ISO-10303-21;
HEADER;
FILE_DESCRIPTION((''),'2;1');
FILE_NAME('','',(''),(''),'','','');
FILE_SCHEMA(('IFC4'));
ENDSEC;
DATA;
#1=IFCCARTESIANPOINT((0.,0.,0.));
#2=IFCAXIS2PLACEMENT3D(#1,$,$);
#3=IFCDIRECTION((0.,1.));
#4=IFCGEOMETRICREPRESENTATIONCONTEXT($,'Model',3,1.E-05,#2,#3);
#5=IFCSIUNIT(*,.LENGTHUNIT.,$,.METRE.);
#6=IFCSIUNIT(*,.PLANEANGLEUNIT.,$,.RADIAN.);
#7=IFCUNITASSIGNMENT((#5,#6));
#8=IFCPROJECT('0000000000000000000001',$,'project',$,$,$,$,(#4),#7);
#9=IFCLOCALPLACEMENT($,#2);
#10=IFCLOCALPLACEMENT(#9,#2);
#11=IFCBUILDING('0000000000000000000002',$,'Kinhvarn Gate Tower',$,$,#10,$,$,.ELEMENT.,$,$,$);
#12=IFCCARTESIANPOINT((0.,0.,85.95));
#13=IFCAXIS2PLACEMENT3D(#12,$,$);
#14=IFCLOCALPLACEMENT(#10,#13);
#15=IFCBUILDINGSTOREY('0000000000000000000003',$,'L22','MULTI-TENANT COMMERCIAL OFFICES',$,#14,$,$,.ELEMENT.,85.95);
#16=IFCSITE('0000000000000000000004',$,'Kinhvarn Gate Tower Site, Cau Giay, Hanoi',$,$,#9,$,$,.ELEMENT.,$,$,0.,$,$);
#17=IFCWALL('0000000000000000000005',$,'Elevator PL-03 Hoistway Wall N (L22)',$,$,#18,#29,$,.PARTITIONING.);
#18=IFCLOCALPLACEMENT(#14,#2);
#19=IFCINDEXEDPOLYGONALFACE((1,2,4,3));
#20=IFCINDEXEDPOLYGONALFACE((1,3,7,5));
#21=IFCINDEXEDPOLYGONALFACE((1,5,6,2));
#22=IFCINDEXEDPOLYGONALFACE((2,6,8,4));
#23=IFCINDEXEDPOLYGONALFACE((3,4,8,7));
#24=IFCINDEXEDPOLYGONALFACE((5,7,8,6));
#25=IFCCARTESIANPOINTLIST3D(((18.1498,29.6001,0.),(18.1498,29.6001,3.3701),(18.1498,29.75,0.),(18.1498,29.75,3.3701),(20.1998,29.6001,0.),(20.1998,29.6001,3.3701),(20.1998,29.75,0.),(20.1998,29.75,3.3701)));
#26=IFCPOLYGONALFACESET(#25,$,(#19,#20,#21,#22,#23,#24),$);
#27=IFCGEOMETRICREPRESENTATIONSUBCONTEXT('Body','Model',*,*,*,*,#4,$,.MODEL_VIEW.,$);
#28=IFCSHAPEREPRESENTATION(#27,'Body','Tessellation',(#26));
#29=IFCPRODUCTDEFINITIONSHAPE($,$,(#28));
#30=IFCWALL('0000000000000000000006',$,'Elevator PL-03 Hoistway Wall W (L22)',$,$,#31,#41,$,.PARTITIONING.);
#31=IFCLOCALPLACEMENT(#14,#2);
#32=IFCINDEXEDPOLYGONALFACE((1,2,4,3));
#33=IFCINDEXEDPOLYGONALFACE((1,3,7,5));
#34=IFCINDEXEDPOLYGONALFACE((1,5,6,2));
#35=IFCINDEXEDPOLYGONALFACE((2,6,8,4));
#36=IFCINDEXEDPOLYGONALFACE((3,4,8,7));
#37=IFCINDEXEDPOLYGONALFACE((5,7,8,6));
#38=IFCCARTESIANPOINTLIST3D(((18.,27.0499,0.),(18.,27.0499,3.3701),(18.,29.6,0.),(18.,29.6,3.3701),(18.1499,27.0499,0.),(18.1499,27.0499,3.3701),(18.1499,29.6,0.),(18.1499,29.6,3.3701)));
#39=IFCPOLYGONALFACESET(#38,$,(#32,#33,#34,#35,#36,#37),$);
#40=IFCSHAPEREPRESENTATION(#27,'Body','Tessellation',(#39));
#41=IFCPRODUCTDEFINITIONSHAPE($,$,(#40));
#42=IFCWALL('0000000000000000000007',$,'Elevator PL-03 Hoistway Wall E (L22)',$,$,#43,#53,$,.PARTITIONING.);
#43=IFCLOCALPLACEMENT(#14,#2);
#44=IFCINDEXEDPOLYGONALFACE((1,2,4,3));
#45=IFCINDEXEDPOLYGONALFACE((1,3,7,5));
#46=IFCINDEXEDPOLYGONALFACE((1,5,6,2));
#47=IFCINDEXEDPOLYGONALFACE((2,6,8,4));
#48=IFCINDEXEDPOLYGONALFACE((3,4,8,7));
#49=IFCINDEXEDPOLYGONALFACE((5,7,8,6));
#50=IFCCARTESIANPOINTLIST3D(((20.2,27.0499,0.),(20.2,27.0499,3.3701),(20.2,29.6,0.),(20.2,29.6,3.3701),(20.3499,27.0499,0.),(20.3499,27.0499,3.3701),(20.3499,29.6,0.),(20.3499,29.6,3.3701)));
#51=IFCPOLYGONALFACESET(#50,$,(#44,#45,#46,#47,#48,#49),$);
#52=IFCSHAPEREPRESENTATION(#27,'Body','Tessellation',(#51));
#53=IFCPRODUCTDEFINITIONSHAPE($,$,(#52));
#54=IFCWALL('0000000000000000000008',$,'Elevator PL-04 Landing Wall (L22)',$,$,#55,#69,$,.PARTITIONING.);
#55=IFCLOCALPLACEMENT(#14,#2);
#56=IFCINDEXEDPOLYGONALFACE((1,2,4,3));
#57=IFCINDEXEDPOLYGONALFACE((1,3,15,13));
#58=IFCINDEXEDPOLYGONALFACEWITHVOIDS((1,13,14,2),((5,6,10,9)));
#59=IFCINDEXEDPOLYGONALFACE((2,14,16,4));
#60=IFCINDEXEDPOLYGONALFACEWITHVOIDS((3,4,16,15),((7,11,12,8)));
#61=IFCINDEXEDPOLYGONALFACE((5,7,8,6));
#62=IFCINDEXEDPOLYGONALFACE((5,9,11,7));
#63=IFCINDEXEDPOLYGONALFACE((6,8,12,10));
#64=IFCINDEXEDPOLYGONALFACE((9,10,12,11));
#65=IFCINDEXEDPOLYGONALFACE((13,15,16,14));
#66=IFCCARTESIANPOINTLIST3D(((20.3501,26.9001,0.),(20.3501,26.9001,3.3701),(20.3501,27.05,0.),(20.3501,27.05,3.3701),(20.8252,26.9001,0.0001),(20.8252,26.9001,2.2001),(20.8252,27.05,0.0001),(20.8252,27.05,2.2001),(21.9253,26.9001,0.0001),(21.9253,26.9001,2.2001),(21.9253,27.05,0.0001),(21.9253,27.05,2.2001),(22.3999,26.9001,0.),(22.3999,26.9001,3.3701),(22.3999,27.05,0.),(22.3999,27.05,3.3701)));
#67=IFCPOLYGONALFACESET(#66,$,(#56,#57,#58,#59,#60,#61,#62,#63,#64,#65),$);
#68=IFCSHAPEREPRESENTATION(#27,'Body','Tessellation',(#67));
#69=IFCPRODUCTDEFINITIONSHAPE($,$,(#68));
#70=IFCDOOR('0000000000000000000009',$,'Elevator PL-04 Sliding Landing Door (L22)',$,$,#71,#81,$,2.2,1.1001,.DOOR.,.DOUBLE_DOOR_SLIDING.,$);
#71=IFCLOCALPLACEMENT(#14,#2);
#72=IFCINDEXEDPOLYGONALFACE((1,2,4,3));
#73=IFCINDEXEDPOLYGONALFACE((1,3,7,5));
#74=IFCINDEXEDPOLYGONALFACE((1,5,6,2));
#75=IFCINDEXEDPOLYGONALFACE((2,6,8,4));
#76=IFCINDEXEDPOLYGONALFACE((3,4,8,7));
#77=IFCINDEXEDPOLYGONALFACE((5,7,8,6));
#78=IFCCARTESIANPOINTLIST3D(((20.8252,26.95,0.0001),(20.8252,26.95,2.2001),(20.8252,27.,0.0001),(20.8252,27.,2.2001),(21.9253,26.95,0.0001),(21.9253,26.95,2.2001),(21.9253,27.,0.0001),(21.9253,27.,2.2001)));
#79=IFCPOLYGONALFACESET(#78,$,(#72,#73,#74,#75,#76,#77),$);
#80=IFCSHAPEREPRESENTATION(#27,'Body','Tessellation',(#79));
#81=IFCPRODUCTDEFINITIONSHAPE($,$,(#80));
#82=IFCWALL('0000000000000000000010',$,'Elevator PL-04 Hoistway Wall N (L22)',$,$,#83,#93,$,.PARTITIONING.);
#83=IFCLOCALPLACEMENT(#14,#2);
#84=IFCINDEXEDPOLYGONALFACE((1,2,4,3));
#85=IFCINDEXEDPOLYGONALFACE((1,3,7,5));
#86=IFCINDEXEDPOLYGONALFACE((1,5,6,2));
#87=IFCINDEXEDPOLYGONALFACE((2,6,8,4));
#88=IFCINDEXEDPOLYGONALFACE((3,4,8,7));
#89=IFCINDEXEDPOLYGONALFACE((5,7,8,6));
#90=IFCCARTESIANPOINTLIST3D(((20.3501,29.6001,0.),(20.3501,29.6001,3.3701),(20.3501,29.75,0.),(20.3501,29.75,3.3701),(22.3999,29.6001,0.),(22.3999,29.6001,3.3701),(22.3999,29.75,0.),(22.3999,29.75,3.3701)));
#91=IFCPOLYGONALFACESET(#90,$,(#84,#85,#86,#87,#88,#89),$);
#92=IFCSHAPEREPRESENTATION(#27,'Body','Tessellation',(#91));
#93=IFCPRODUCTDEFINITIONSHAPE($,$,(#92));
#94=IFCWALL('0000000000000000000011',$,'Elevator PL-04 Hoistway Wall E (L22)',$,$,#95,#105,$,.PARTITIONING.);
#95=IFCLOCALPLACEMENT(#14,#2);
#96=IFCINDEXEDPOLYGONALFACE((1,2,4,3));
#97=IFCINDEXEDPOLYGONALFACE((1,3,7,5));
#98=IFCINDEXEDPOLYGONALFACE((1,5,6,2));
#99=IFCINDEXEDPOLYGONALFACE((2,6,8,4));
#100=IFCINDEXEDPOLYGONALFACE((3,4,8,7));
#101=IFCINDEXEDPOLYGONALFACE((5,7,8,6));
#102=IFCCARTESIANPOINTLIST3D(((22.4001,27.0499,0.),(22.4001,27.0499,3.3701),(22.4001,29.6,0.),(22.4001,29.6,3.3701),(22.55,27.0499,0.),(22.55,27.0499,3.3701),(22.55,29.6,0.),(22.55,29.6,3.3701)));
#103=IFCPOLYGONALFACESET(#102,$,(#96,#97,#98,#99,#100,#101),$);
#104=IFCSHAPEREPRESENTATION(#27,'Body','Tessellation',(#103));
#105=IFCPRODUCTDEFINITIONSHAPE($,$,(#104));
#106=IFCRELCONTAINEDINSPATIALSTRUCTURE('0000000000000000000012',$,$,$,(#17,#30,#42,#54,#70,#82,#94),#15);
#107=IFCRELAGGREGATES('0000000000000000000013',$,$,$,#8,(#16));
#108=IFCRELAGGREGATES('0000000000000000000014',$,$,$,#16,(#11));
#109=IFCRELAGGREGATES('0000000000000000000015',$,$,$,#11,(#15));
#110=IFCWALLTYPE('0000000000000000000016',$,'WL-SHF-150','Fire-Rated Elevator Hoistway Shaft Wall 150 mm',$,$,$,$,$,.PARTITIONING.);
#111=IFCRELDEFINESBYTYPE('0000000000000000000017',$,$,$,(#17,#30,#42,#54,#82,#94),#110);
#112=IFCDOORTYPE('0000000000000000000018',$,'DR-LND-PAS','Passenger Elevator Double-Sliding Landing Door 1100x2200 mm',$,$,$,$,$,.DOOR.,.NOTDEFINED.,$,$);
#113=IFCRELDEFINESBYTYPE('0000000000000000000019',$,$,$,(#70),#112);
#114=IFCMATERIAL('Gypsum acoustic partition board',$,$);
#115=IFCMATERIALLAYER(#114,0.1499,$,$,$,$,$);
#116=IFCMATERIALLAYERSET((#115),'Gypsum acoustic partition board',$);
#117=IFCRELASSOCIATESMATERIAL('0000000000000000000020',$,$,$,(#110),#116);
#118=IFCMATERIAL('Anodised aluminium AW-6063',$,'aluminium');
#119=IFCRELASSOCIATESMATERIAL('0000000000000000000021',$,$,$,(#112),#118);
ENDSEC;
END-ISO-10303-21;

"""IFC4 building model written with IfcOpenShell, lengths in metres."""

from ifc_helpers import new_model, si_unit, direction, frame, frame_2d, origin, place, context, subcontext, project, spatial, rectangle, extrude, material, layer, layer_set, type_object, element, fill, save


model = new_model("IFC4")

# Units and contexts
model_context = context("Model", 3, precision=1e-05, world=origin(), true_north=direction((0.0, 1.0)))
body_context = subcontext(model_context, "Body", "Model", "MODEL_VIEW")
ifc_project = project(units=[si_unit("LENGTHUNIT", "METRE"), si_unit("PLANEANGLEUNIT", "RADIAN")], contexts=[model_context])

# Site, building, storey
site_placement = place(None, origin())
site = spatial("IfcSite", under=ifc_project, at=site_placement, Name="Kinhvarn Gate Tower Site, Cau Giay, Hanoi", CompositionType="ELEMENT", RefElevation=0.0)
building_placement = place(site_placement, origin())
building = spatial("IfcBuilding", under=site, at=building_placement, Name="Kinhvarn Gate Tower", CompositionType="ELEMENT")
storey_placement = place(building_placement, frame((0.0, 0.0, 85.95)))
storey = spatial("IfcBuildingStorey", under=building, at=storey_placement, Name="L22", Description="MULTI-TENANT COMMERCIAL OFFICES", CompositionType="ELEMENT", Elevation=85.95)

# Shared definitions
ifc_material_1 = material(Name="Gypsum acoustic partition board")
ifc_material_2 = material(Name="Anodised aluminium AW-6063", Category="aluminium")

# Shared definitions
ifc_layer_1 = layer(ifc_material_1, 0.1499)
ifc_layer_set_1 = layer_set([ifc_layer_1], Name="Gypsum acoustic partition board")
wall_type_1 = type_object("IfcWallType", Name="WL-SHF-150", Description="Fire-Rated Elevator Hoistway Shaft Wall 150 mm", PredefinedType="PARTITIONING", material=ifc_layer_set_1)
door_type_1 = type_object("IfcDoorType", Name="DR-LND-PAS", Description="Passenger Elevator Double-Sliding Landing Door 1100x2200 mm", OperationType="NOTDEFINED", PredefinedType="DOOR", material=ifc_material_2)

# Walls
wall_1_placement = place(storey_placement, frame((18.1499, 29.675, 0.0), z_axis=(0.0, 0.0, 1.0), x_axis=(1.0, 0.0, 0.0)))
element("IfcWall", 1, at=wall_1_placement, inside=storey, type_object=wall_type_1, Name="Elevator PL-03 Hoistway Wall N (L22)", PredefinedType="PARTITIONING", context=body_context, shape_type="SweptSolid", body=[
    extrude(rectangle(XDim=2.05, YDim=0.1499, at=frame_2d((1.0249, 0.0))), origin(), (0.0, 0.0, 1.0), 3.3701),
])
for number, where, z_axis, x_axis, name in (
    (2, (18.075, 27.05, 0.0), (0.0, 0.0, 1.0), (0.0, 1.0, 0.0), "Elevator PL-03 Hoistway Wall W (L22)"),
    (3, (20.2749, 27.05, 0.0), (0.0, 0.0, 1.0), (0.0, 1.0, 0.0), "Elevator PL-03 Hoistway Wall E (L22)"),
):
    element("IfcWall", number, at=place(storey_placement, frame(where, z_axis=z_axis, x_axis=x_axis)), inside=storey, type_object=wall_type_1, Name=name, PredefinedType="PARTITIONING", context=body_context, shape_type="SweptSolid", body=[
        extrude(rectangle(XDim=2.55, YDim=0.1499, at=frame_2d((1.2749, 0.0))), origin(), (0.0, 0.0, 1.0), 3.3701),
    ])

# Wall, opening, door
wall_2_placement = place(storey_placement, frame((20.3501, 26.9751, 0.0), z_axis=(0.0, 0.0, 1.0), x_axis=(1.0, 0.0, 0.0)))
wall_2 = element("IfcWall", 4, at=wall_2_placement, inside=storey, type_object=wall_type_1, Name="Elevator PL-04 Landing Wall (L22)", PredefinedType="PARTITIONING", context=body_context, shape_type="SweptSolid", body=[
    extrude(rectangle(XDim=2.0498, YDim=0.1499, at=frame_2d((1.0249, 0.0))), origin(), (0.0, 0.0, 1.0), 3.3701),
])
opening_1_placement = place(wall_2_placement, frame((0.4751, 0.0, 0.0)))
opening_1 = element("IfcOpeningElement", 5, at=opening_1_placement, cuts=wall_2, PredefinedType="OPENING", context=body_context, shape_type="SweptSolid", body=[
    extrude(rectangle(XDim=1.1001, YDim=2.2, at=frame_2d((0.55, 1.1001))), frame((0.0, 0.085, 0.0), z_axis=(0.0, -1.0, 0.0), x_axis=(1.0, 0.0, 0.0)), (0.0, 0.0, 1.0), 0.1699),
])
door_1_placement = place(opening_1_placement, origin())
door_1 = element("IfcDoor", 6, at=door_1_placement, inside=storey, type_object=door_type_1, Name="Elevator PL-04 Sliding Landing Door (L22)", OperationType="DOUBLE_DOOR_SLIDING", OverallHeight=2.2, OverallWidth=1.1001, PredefinedType="DOOR", context=body_context, shape_type="SweptSolid", body=[
    extrude(rectangle(XDim=1.1001, YDim=2.2, at=frame_2d((0.55, 1.1001))), frame((0.0, 0.0249, 0.0), z_axis=(0.0, -1.0, 0.0), x_axis=(1.0, 0.0, 0.0)), (0.0, 0.0, 1.0), 0.05),
])
fill(opening_1, door_1)

# Walls
wall_3_placement = place(storey_placement, frame((20.3501, 29.675, 0.0), z_axis=(0.0, 0.0, 1.0), x_axis=(1.0, 0.0, 0.0)))
element("IfcWall", 7, at=wall_3_placement, inside=storey, type_object=wall_type_1, Name="Elevator PL-04 Hoistway Wall N (L22)", PredefinedType="PARTITIONING", context=body_context, shape_type="SweptSolid", body=[
    extrude(rectangle(XDim=2.0498, YDim=0.1499, at=frame_2d((1.0249, 0.0))), origin(), (0.0, 0.0, 1.0), 3.3701),
])
wall_4_placement = place(storey_placement, frame((22.4751, 27.05, 0.0), z_axis=(0.0, 0.0, 1.0), x_axis=(0.0, 1.0, 0.0)))
element("IfcWall", 8, at=wall_4_placement, inside=storey, type_object=wall_type_1, Name="Elevator PL-04 Hoistway Wall E (L22)", PredefinedType="PARTITIONING", context=body_context, shape_type="SweptSolid", body=[
    extrude(rectangle(XDim=2.55, YDim=0.1499, at=frame_2d((1.2749, 0.0))), origin(), (0.0, 0.0, 1.0), 3.3701),
])

save(model, "model.ifc")
